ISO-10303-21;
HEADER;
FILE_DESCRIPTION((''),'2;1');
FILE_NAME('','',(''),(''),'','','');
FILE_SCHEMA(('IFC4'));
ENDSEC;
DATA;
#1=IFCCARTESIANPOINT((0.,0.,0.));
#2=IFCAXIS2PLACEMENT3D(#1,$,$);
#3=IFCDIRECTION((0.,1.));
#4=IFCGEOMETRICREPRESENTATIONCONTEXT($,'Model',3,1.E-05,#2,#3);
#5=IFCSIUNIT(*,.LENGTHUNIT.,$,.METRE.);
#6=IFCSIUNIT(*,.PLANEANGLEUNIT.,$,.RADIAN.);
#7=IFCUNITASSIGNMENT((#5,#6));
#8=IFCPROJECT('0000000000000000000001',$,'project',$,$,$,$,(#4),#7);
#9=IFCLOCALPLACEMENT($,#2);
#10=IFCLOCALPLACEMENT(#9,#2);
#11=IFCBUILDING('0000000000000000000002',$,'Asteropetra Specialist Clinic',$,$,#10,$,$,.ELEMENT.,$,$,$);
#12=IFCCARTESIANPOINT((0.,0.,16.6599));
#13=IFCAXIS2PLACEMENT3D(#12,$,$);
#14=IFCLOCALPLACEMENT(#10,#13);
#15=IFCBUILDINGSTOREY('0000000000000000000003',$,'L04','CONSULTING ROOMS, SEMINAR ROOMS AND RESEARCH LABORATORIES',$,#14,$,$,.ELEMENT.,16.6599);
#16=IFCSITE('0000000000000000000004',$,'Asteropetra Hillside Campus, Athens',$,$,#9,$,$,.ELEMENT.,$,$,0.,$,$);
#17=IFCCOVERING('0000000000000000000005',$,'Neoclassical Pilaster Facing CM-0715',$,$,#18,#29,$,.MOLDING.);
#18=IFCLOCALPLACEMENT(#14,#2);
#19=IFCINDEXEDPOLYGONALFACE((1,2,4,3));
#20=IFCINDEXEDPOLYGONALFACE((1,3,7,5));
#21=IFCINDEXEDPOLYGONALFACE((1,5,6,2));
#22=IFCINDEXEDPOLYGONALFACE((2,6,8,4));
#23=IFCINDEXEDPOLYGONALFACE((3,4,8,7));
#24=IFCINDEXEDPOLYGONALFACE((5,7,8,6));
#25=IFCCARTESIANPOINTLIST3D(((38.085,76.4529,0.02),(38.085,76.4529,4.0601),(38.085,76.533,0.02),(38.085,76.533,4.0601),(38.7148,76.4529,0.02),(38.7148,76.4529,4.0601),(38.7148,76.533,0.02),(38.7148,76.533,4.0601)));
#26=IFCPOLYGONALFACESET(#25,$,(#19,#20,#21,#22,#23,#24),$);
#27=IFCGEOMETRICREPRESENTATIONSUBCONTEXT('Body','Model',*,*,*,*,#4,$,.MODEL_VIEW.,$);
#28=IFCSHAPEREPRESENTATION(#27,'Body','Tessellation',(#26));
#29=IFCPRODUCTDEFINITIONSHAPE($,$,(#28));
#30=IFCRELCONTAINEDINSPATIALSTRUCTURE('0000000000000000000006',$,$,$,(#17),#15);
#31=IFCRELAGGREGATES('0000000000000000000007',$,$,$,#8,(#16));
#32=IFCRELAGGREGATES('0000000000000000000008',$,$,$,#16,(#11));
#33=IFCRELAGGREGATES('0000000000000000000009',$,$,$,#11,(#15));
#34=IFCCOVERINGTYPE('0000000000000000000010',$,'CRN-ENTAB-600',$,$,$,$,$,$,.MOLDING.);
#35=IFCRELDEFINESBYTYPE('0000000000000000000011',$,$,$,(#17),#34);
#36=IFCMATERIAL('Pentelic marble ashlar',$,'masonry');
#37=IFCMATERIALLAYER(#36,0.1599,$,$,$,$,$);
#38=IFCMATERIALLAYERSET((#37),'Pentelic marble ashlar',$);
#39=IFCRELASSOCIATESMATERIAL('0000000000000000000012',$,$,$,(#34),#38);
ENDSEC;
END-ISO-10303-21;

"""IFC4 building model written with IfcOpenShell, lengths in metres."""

from ifc_helpers import new_model, si_unit, direction, frame, origin, origin_2d, place, context, subcontext, project, spatial, rectangle, extrude, material, layer, layer_set, type_object, element, save


model = new_model("IFC4")

# Units and contexts
model_context = context("Model", 3, precision=1e-05, world=origin(), true_north=direction((0.0, 1.0)))
body_context = subcontext(model_context, "Body", "Model", "MODEL_VIEW")
ifc_project = project(units=[si_unit("LENGTHUNIT", "METRE"), si_unit("PLANEANGLEUNIT", "RADIAN")], contexts=[model_context])

# Site, building, storey
site_placement = place(None, origin())
site = spatial("IfcSite", under=ifc_project, at=site_placement, Name="Asteropetra Hillside Campus, Athens", CompositionType="ELEMENT", RefElevation=0.0)
building_placement = place(site_placement, origin())
building = spatial("IfcBuilding", under=site, at=building_placement, Name="Asteropetra Specialist Clinic", CompositionType="ELEMENT")
storey_placement = place(building_placement, frame((0.0, 0.0, 16.6599)))
storey = spatial("IfcBuildingStorey", under=building, at=storey_placement, Name="L04", Description="CONSULTING ROOMS, SEMINAR ROOMS AND RESEARCH LABORATORIES", CompositionType="ELEMENT", Elevation=16.6599)

# Covering
ifc_material_1 = material(Name="Pentelic marble ashlar", Category="masonry")
ifc_layer_1 = layer(ifc_material_1, 0.1599)
ifc_layer_set_1 = layer_set([ifc_layer_1], Name="Pentelic marble ashlar")
covering_type_1 = type_object("IfcCoveringType", Name="CRN-ENTAB-600", PredefinedType="MOLDING", material=ifc_layer_set_1)
for number, where, z_axis, x_axis, name in (
    (1, (38.3999, 76.4929, 0.02), (0.0, 0.0, 1.0), (1.0, 0.0, 0.0), "Neoclassical Pilaster Facing CM-0715"),
):
    element("IfcCovering", number, at=place(storey_placement, frame(where, z_axis=z_axis, x_axis=x_axis)), inside=storey, type_object=covering_type_1, Name=name, PredefinedType="MOLDING", context=body_context, shape_type="SweptSolid", body=[
        extrude(rectangle(XDim=0.6299, YDim=0.0801, at=origin_2d()), origin(), (0.0, 0.0, 1.0), 4.04),
    ])

save(model, "model.ifc")
